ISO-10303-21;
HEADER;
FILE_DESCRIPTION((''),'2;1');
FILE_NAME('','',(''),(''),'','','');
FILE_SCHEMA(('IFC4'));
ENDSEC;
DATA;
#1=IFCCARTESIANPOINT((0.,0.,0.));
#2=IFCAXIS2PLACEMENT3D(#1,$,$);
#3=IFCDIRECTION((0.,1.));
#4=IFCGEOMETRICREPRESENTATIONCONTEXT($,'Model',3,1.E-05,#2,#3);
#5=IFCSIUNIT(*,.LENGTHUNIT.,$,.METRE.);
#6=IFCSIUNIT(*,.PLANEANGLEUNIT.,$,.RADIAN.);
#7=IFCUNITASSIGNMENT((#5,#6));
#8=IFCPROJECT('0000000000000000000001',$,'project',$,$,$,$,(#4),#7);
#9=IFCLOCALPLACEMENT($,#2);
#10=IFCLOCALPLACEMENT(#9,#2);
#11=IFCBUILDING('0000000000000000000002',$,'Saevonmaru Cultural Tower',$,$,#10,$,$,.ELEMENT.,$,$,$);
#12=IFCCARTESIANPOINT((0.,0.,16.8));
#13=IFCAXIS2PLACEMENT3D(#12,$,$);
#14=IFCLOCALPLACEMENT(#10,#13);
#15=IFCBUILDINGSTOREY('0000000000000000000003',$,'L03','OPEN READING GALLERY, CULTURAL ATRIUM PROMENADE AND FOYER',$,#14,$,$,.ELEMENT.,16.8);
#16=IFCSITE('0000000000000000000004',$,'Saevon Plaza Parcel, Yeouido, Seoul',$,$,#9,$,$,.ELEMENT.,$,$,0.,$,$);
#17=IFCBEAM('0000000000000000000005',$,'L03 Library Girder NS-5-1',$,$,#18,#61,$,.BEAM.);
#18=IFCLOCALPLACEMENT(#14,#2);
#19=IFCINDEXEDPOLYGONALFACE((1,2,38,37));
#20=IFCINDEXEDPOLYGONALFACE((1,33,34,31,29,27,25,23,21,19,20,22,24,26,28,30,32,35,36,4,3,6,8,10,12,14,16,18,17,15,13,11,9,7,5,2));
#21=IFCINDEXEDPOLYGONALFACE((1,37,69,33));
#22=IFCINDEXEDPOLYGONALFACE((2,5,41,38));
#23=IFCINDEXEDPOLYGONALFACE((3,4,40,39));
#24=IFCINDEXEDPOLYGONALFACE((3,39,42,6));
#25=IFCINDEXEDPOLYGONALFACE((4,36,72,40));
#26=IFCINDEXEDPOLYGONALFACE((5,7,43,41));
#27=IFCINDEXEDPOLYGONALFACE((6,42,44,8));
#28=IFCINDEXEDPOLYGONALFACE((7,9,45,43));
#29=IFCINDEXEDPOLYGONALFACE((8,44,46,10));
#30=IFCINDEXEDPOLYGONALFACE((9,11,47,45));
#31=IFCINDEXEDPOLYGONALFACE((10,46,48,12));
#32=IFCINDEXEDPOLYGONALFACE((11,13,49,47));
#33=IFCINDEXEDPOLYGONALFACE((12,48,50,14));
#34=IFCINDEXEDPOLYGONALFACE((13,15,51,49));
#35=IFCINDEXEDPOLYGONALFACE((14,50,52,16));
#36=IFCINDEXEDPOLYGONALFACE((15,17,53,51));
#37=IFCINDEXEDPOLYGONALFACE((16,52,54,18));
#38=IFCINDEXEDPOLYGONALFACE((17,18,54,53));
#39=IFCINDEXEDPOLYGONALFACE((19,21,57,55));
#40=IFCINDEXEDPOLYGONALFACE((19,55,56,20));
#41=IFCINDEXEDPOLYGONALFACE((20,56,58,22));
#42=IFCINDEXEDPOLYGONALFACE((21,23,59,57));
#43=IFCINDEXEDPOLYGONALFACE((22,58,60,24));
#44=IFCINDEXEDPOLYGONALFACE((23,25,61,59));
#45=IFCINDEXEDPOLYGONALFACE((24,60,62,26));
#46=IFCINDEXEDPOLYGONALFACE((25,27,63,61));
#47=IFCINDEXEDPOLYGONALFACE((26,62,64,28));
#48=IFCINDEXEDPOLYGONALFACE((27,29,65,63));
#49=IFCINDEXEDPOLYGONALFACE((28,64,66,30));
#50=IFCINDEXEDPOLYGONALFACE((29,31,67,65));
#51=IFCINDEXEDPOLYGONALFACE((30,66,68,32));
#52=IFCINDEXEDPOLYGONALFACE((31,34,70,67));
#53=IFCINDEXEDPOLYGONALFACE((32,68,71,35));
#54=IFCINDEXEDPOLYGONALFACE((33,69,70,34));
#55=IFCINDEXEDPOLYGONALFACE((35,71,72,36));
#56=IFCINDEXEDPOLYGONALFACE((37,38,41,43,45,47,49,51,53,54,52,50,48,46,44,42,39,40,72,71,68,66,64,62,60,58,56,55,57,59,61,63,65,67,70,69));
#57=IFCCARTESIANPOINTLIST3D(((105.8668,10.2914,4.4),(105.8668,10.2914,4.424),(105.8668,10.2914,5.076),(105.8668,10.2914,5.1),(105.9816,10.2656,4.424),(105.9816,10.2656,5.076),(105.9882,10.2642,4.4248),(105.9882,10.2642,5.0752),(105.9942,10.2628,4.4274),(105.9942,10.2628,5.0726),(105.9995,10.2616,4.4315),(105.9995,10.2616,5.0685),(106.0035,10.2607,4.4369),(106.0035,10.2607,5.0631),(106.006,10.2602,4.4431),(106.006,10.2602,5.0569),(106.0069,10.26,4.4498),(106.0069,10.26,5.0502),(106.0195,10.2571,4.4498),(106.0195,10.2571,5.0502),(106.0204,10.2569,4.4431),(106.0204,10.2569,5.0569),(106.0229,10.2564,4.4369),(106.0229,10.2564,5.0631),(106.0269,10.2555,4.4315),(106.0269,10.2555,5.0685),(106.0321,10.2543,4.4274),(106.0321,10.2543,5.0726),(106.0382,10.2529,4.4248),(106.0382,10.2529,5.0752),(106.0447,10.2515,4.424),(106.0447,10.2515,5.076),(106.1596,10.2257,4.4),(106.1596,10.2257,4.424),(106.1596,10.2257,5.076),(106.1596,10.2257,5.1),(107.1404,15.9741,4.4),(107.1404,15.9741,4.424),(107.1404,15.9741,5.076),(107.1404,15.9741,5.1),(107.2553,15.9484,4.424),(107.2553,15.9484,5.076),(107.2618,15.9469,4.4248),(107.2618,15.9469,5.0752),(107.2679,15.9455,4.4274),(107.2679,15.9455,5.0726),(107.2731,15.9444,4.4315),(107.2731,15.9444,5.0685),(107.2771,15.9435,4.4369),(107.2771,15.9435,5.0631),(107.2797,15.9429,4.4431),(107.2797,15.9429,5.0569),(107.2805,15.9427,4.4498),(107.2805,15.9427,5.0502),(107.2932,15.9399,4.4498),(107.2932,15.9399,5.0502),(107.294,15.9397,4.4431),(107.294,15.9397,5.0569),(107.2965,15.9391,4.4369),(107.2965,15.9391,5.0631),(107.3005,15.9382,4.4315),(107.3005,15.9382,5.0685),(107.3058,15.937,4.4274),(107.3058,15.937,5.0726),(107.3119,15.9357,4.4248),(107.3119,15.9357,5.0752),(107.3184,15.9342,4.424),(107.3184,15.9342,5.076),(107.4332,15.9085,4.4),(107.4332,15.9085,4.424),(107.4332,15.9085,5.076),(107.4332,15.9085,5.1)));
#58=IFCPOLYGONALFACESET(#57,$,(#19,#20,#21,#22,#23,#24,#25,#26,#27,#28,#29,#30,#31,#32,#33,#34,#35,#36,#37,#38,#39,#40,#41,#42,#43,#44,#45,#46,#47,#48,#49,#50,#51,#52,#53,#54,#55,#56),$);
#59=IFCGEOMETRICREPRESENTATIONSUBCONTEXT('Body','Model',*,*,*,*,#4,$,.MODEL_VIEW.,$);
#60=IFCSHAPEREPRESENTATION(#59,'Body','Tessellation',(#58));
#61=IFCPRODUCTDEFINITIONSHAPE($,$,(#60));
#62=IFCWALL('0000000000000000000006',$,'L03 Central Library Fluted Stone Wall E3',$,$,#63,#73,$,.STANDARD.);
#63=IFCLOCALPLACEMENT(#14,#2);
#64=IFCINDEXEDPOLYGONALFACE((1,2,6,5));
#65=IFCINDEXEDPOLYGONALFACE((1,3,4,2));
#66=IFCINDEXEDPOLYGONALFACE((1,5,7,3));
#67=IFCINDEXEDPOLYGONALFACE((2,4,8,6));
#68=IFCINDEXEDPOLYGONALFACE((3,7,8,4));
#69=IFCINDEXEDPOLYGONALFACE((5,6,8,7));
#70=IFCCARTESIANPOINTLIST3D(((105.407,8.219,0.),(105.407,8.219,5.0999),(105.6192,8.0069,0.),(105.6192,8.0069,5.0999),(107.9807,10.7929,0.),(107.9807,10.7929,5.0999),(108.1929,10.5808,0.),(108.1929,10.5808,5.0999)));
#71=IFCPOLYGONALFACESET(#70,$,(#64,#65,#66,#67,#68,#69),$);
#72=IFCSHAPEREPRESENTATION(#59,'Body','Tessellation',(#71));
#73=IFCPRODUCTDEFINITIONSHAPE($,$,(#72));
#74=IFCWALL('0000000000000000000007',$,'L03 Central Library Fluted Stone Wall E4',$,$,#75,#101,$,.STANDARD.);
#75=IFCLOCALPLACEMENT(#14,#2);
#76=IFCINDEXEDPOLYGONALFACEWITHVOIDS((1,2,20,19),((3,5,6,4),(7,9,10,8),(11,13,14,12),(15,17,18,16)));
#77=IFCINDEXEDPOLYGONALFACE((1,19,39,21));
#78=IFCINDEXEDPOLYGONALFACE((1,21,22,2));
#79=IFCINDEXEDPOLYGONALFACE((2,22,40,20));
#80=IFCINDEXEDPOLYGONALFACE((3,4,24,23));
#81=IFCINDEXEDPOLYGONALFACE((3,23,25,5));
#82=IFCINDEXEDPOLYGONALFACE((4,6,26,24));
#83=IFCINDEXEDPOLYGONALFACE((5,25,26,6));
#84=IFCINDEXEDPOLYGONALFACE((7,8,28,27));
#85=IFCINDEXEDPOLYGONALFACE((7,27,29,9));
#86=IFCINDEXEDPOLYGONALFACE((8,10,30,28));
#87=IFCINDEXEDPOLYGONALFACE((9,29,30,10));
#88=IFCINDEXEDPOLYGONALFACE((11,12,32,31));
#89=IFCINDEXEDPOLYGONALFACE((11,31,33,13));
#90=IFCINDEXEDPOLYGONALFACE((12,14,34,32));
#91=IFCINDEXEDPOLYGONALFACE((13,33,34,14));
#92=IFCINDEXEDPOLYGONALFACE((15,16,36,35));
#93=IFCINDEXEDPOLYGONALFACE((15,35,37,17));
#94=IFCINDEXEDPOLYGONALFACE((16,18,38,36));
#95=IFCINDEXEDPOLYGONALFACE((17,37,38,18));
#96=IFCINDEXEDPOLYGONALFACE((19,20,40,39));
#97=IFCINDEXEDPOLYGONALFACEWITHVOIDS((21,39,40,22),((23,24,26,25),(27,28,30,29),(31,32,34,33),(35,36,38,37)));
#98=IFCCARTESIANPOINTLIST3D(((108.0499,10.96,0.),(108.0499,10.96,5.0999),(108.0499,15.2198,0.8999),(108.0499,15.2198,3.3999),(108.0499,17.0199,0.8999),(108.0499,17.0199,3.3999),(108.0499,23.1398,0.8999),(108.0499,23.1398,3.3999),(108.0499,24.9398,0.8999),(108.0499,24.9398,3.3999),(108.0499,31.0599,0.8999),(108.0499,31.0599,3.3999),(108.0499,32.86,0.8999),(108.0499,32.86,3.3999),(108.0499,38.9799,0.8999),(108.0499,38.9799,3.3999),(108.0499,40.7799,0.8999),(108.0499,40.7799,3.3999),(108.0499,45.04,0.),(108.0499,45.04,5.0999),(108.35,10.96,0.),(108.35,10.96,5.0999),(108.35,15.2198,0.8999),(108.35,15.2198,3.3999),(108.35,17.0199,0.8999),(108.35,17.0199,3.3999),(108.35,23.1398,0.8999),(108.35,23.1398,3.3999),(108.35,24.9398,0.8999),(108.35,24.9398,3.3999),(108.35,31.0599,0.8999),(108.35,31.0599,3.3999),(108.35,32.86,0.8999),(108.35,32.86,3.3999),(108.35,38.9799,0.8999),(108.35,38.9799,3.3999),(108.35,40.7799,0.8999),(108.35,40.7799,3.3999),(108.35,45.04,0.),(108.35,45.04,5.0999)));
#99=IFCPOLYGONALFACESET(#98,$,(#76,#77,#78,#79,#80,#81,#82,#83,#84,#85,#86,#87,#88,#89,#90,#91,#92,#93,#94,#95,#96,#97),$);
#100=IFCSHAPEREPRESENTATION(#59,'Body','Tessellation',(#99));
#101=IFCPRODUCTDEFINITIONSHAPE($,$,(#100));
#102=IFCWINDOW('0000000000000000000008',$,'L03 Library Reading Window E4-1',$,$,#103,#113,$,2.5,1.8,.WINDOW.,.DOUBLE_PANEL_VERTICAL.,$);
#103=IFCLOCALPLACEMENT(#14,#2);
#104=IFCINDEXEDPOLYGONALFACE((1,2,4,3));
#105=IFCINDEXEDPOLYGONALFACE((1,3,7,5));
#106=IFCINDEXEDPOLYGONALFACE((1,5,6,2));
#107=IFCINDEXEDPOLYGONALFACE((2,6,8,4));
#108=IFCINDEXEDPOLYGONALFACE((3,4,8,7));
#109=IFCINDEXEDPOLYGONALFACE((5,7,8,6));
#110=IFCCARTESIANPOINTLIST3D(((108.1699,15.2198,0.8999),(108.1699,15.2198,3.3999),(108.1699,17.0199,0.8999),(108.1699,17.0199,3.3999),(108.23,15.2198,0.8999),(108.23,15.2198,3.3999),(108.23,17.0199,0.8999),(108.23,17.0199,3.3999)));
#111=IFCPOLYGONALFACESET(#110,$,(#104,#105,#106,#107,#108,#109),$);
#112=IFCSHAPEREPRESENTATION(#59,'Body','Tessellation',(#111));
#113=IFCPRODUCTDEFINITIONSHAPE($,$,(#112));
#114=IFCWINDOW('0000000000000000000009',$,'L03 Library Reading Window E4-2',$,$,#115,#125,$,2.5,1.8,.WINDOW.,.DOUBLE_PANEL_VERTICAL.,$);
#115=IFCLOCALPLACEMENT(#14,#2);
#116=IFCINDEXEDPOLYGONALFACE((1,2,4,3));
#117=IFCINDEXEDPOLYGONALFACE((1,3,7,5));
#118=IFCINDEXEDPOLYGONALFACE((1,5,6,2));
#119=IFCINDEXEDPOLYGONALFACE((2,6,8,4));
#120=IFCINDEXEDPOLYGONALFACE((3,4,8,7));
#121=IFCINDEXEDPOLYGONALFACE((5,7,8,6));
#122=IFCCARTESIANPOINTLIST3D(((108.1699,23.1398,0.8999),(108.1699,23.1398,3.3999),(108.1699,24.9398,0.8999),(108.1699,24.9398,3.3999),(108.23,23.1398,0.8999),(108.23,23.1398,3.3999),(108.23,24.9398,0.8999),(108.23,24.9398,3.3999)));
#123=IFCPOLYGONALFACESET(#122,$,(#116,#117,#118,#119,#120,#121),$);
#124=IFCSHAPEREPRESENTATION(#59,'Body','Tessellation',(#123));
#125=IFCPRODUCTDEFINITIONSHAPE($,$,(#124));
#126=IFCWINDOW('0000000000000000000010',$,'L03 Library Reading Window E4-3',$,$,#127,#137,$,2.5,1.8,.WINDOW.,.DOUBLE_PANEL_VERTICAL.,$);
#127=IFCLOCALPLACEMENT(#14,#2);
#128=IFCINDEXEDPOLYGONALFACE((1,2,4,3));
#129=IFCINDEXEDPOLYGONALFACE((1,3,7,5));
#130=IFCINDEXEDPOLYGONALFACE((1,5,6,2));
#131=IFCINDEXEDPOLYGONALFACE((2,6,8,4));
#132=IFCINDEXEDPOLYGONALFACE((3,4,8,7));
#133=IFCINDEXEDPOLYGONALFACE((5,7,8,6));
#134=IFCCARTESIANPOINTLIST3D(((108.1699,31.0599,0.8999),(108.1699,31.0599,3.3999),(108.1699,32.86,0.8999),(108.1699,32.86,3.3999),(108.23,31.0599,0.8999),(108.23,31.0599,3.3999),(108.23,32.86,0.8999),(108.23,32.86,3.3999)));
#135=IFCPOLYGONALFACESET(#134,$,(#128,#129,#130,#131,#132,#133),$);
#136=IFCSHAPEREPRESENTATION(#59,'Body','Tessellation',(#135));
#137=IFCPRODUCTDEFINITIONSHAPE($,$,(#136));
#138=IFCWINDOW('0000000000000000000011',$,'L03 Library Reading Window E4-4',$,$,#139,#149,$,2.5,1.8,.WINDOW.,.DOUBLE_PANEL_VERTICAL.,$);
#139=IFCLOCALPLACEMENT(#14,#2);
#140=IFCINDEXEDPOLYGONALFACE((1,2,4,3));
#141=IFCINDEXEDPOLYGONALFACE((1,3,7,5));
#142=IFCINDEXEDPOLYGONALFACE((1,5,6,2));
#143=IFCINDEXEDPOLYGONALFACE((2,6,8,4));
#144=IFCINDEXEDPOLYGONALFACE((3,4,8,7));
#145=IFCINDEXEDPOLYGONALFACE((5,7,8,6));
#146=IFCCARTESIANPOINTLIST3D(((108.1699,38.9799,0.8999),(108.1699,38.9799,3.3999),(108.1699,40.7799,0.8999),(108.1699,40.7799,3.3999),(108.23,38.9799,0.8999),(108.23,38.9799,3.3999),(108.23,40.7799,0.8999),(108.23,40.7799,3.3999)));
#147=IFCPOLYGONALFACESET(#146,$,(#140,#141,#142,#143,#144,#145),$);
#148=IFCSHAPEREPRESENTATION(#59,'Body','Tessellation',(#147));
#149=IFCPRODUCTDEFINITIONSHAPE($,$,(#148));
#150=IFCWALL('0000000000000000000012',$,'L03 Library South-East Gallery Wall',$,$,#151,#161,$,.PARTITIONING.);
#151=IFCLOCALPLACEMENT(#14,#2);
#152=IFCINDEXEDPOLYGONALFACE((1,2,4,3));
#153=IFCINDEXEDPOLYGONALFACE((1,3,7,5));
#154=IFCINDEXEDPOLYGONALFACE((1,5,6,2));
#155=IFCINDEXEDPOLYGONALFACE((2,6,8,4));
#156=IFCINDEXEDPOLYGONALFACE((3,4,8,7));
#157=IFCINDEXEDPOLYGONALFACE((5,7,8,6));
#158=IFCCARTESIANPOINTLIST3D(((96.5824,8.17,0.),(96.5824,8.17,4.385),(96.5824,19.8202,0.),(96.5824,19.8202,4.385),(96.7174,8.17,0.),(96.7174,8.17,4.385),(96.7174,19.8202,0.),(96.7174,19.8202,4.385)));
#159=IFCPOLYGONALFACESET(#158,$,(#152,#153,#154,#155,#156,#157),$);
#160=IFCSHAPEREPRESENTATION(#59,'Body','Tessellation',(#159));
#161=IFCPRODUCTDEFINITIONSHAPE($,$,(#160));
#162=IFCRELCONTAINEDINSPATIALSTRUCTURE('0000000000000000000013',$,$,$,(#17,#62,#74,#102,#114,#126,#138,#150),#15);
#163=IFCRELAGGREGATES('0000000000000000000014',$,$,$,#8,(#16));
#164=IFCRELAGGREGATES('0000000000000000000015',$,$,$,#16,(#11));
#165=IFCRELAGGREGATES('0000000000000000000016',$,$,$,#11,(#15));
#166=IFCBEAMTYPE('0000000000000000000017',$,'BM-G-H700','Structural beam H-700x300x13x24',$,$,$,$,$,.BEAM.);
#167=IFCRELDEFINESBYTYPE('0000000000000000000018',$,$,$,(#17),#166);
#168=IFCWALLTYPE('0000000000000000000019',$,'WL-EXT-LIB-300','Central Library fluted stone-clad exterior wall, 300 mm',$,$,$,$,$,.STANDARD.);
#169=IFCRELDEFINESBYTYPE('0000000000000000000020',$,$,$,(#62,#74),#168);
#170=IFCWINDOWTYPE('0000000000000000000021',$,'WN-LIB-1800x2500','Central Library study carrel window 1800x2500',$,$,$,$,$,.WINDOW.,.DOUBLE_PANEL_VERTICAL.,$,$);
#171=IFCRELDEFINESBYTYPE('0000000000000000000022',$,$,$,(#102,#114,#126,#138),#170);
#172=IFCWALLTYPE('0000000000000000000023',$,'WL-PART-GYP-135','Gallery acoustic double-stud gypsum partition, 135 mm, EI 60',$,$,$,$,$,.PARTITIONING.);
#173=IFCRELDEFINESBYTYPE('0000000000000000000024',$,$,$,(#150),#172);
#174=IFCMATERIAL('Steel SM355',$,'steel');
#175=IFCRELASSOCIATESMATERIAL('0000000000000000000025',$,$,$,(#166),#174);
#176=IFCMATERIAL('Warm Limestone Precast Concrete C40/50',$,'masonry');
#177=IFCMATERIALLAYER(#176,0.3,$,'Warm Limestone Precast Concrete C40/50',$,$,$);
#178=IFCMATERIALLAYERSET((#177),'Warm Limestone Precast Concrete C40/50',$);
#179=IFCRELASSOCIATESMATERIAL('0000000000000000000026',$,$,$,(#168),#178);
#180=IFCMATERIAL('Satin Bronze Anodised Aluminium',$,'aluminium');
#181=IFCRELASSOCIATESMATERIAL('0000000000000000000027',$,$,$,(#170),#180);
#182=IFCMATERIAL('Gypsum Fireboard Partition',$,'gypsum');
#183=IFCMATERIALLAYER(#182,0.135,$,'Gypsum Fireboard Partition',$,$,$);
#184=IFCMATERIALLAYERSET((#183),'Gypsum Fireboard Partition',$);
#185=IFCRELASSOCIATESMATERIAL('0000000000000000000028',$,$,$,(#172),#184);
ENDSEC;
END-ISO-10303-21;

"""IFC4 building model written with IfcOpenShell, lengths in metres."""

from ifc_helpers import new_model, si_unit, direction, frame, frame_2d, origin, origin_2d, place, context, subcontext, project, spatial, rectangle, i_section, extrude, material, layer, layer_set, material_profile, profile_set, type_object, element, fill, save


model = new_model("IFC4")

# Units and contexts
model_context = context("Model", 3, precision=1e-05, world=origin(), true_north=direction((0.0, 1.0)))
body_context = subcontext(model_context, "Body", "Model", "MODEL_VIEW")
ifc_project = project(units=[si_unit("LENGTHUNIT", "METRE"), si_unit("PLANEANGLEUNIT", "RADIAN")], contexts=[model_context])

# Site, building, storey
site_placement = place(None, origin())
site = spatial("IfcSite", under=ifc_project, at=site_placement, Name="Saevon Plaza Parcel, Yeouido, Seoul", CompositionType="ELEMENT", RefElevation=0.0)
building_placement = place(site_placement, origin())
building = spatial("IfcBuilding", under=site, at=building_placement, Name="Saevonmaru Cultural Tower", CompositionType="ELEMENT")
storey_placement = place(building_placement, frame((0.0, 0.0, 16.8)))
storey = spatial("IfcBuildingStorey", under=building, at=storey_placement, Name="L03", Description="OPEN READING GALLERY, CULTURAL ATRIUM PROMENADE AND FOYER", CompositionType="ELEMENT", Elevation=16.8)

# Shared definitions
ifc_material_1 = material(Name="Steel SM355", Category="steel")

# Beam
ifc_material_profile_1 = material_profile(ifc_material_1, i_section(OverallWidth=0.3, OverallDepth=0.7, WebThickness=0.0129, FlangeThickness=0.0239, FilletRadius=0.0259, at=origin_2d()), Name="H-700x300x13x24")
ifc_profile_set_1 = profile_set([ifc_material_profile_1], Name="Steel SM355")
beam_type = type_object("IfcBeamType", Name="BM-G-H700", Description="Structural beam H-700x300x13x24", PredefinedType="BEAM", material=ifc_profile_set_1)
beam_1_placement = place(storey_placement, frame((106.0132, 10.2585, 4.75), z_axis=(0.218701, 0.975792, 0.0), x_axis=(-0.975792, 0.218701, 0.0)))
element("IfcBeam", 1, at=beam_1_placement, inside=storey, type_object=beam_type, Name="L03 Library Girder NS-5-1", PredefinedType="BEAM", context=body_context, shape_type="SweptSolid", body=[
    extrude(i_section(OverallWidth=0.3, OverallDepth=0.7, WebThickness=0.0129, FlangeThickness=0.0239, FilletRadius=0.0259, at=origin_2d()), origin(), (0.0, 0.0, 1.0), 5.8237),
])

# Wall
ifc_material_2 = material(Name="Warm Limestone Precast Concrete C40/50", Category="masonry")
ifc_layer_1 = layer(ifc_material_2, 0.3, Name="Warm Limestone Precast Concrete C40/50")
ifc_layer_set_1 = layer_set([ifc_layer_1], Name="Warm Limestone Precast Concrete C40/50")
wall_type_1 = type_object("IfcWallType", Name="WL-EXT-LIB-300", Description="Central Library fluted stone-clad exterior wall, 300 mm", PredefinedType="STANDARD", material=ifc_layer_set_1)
wall_1_placement = place(storey_placement, frame((105.5132, 8.113, 0.0), z_axis=(0.0, 0.0, 1.0), x_axis=(0.707073, 0.70714, 0.0)))
element("IfcWall", 2, at=wall_1_placement, inside=storey, type_object=wall_type_1, Name="L03 Central Library Fluted Stone Wall E3", PredefinedType="STANDARD", context=body_context, shape_type="SweptSolid", body=[
    extrude(rectangle(XDim=3.6399, YDim=0.3, at=frame_2d((1.8198, 0.0))), origin(), (0.0, 0.0, 1.0), 5.0999),
])

# Wall, openings, windows
wall_2_placement = place(storey_placement, frame((108.2, 10.96, 0.0), z_axis=(0.0, 0.0, 1.0), x_axis=(0.0, 1.0, 0.0)))
wall_2 = element("IfcWall", 3, at=wall_2_placement, inside=storey, type_object=wall_type_1, Name="L03 Central Library Fluted Stone Wall E4", PredefinedType="STANDARD", context=body_context, shape_type="SweptSolid", body=[
    extrude(rectangle(XDim=34.0801, YDim=0.3, at=frame_2d((17.04, 0.0))), origin(), (0.0, 0.0, 1.0), 5.0999),
])
opening_1_placement = place(wall_2_placement, frame((4.26, 0.0, 0.8999)))
opening_1 = element("IfcOpeningElement", 4, at=opening_1_placement, cuts=wall_2, PredefinedType="OPENING", context=body_context, shape_type="SweptSolid", body=[
    extrude(rectangle(XDim=1.8, YDim=2.5, at=frame_2d((0.8999, 1.25))), frame((0.0, 0.1602, 0.0), z_axis=(0.0, -1.0, 0.0), x_axis=(1.0, 0.0, 0.0)), (0.0, 0.0, 1.0), 0.3201),
])
opening_2_placement = place(wall_2_placement, frame((12.1799, 0.0, 0.8999)))
opening_2 = element("IfcOpeningElement", 5, at=opening_2_placement, cuts=wall_2, PredefinedType="OPENING", context=body_context, shape_type="SweptSolid", body=[
    extrude(rectangle(XDim=1.8, YDim=2.5, at=frame_2d((0.8999, 1.25))), frame((0.0, 0.1602, 0.0), z_axis=(0.0, -1.0, 0.0), x_axis=(1.0, 0.0, 0.0)), (0.0, 0.0, 1.0), 0.3201),
])
opening_3_placement = place(wall_2_placement, frame((20.1001, 0.0, 0.8999)))
opening_3 = element("IfcOpeningElement", 6, at=opening_3_placement, cuts=wall_2, PredefinedType="OPENING", context=body_context, shape_type="SweptSolid", body=[
    extrude(rectangle(XDim=1.8, YDim=2.5, at=frame_2d((0.8999, 1.25))), frame((0.0, 0.1602, 0.0), z_axis=(0.0, -1.0, 0.0), x_axis=(1.0, 0.0, 0.0)), (0.0, 0.0, 1.0), 0.3201),
])
opening_4_placement = place(wall_2_placement, frame((28.02, 0.0, 0.8999)))
opening_4 = element("IfcOpeningElement", 7, at=opening_4_placement, cuts=wall_2, PredefinedType="OPENING", context=body_context, shape_type="SweptSolid", body=[
    extrude(rectangle(XDim=1.8, YDim=2.5, at=frame_2d((0.8999, 1.25))), frame((0.0, 0.1602, 0.0), z_axis=(0.0, -1.0, 0.0), x_axis=(1.0, 0.0, 0.0)), (0.0, 0.0, 1.0), 0.3201),
])
ifc_material_3 = material(Name="Satin Bronze Anodised Aluminium", Category="aluminium")
window_type = type_object("IfcWindowType", Name="WN-LIB-1800x2500", Description="Central Library study carrel window 1800x2500", PartitioningType="DOUBLE_PANEL_VERTICAL", PredefinedType="WINDOW", material=ifc_material_3)
window_1_placement = place(opening_1_placement, origin())
window_1 = element("IfcWindow", 8, at=window_1_placement, inside=storey, type_object=window_type, Name="L03 Library Reading Window E4-1", OverallHeight=2.5, OverallWidth=1.8, PartitioningType="DOUBLE_PANEL_VERTICAL", PredefinedType="WINDOW", context=body_context, shape_type="SweptSolid", body=[
    extrude(rectangle(XDim=1.8, YDim=2.5, at=frame_2d((0.8999, 1.25))), frame((0.0, 0.03, 0.0), z_axis=(0.0, -1.0, 0.0), x_axis=(1.0, 0.0, 0.0)), (0.0, 0.0, 1.0), 0.0601),
])
fill(opening_1, window_1)
window_2_placement = place(opening_2_placement, origin())
window_2 = element("IfcWindow", 9, at=window_2_placement, inside=storey, type_object=window_type, Name="L03 Library Reading Window E4-2", OverallHeight=2.5, OverallWidth=1.8, PartitioningType="DOUBLE_PANEL_VERTICAL", PredefinedType="WINDOW", context=body_context, shape_type="SweptSolid", body=[
    extrude(rectangle(XDim=1.8, YDim=2.5, at=frame_2d((0.8999, 1.25))), frame((0.0, 0.03, 0.0), z_axis=(0.0, -1.0, 0.0), x_axis=(1.0, 0.0, 0.0)), (0.0, 0.0, 1.0), 0.0601),
])
fill(opening_2, window_2)
window_3_placement = place(opening_3_placement, origin())
window_3 = element("IfcWindow", 10, at=window_3_placement, inside=storey, type_object=window_type, Name="L03 Library Reading Window E4-3", OverallHeight=2.5, OverallWidth=1.8, PartitioningType="DOUBLE_PANEL_VERTICAL", PredefinedType="WINDOW", context=body_context, shape_type="SweptSolid", body=[
    extrude(rectangle(XDim=1.8, YDim=2.5, at=frame_2d((0.8999, 1.25))), frame((0.0, 0.03, 0.0), z_axis=(0.0, -1.0, 0.0), x_axis=(1.0, 0.0, 0.0)), (0.0, 0.0, 1.0), 0.0601),
])
fill(opening_3, window_3)
window_4_placement = place(opening_4_placement, origin())
window_4 = element("IfcWindow", 11, at=window_4_placement, inside=storey, type_object=window_type, Name="L03 Library Reading Window E4-4", OverallHeight=2.5, OverallWidth=1.8, PartitioningType="DOUBLE_PANEL_VERTICAL", PredefinedType="WINDOW", context=body_context, shape_type="SweptSolid", body=[
    extrude(rectangle(XDim=1.8, YDim=2.5, at=frame_2d((0.8999, 1.25))), frame((0.0, 0.03, 0.0), z_axis=(0.0, -1.0, 0.0), x_axis=(1.0, 0.0, 0.0)), (0.0, 0.0, 1.0), 0.0601),
])
fill(opening_4, window_4)

# Wall
ifc_material_4 = material(Name="Gypsum Fireboard Partition", Category="gypsum")
ifc_layer_2 = layer(ifc_material_4, 0.135, Name="Gypsum Fireboard Partition")
ifc_layer_set_2 = layer_set([ifc_layer_2], Name="Gypsum Fireboard Partition")
wall_type_2 = type_object("IfcWallType", Name="WL-PART-GYP-135", Description="Gallery acoustic double-stud gypsum partition, 135 mm, EI 60", PredefinedType="PARTITIONING", material=ifc_layer_set_2)
wall_3_placement = place(storey_placement, frame((96.6499, 8.1699, 0.0), z_axis=(0.0, 0.0, 1.0), x_axis=(0.0, 1.0, 0.0)))
element("IfcWall", 12, at=wall_3_placement, inside=storey, type_object=wall_type_2, Name="L03 Library South-East Gallery Wall", PredefinedType="PARTITIONING", context=body_context, shape_type="SweptSolid", body=[
    extrude(rectangle(XDim=11.6501, YDim=0.135, at=frame_2d((5.8252, 0.0))), origin(), (0.0, 0.0, 1.0), 4.385),
])

save(model, "model.ifc")
